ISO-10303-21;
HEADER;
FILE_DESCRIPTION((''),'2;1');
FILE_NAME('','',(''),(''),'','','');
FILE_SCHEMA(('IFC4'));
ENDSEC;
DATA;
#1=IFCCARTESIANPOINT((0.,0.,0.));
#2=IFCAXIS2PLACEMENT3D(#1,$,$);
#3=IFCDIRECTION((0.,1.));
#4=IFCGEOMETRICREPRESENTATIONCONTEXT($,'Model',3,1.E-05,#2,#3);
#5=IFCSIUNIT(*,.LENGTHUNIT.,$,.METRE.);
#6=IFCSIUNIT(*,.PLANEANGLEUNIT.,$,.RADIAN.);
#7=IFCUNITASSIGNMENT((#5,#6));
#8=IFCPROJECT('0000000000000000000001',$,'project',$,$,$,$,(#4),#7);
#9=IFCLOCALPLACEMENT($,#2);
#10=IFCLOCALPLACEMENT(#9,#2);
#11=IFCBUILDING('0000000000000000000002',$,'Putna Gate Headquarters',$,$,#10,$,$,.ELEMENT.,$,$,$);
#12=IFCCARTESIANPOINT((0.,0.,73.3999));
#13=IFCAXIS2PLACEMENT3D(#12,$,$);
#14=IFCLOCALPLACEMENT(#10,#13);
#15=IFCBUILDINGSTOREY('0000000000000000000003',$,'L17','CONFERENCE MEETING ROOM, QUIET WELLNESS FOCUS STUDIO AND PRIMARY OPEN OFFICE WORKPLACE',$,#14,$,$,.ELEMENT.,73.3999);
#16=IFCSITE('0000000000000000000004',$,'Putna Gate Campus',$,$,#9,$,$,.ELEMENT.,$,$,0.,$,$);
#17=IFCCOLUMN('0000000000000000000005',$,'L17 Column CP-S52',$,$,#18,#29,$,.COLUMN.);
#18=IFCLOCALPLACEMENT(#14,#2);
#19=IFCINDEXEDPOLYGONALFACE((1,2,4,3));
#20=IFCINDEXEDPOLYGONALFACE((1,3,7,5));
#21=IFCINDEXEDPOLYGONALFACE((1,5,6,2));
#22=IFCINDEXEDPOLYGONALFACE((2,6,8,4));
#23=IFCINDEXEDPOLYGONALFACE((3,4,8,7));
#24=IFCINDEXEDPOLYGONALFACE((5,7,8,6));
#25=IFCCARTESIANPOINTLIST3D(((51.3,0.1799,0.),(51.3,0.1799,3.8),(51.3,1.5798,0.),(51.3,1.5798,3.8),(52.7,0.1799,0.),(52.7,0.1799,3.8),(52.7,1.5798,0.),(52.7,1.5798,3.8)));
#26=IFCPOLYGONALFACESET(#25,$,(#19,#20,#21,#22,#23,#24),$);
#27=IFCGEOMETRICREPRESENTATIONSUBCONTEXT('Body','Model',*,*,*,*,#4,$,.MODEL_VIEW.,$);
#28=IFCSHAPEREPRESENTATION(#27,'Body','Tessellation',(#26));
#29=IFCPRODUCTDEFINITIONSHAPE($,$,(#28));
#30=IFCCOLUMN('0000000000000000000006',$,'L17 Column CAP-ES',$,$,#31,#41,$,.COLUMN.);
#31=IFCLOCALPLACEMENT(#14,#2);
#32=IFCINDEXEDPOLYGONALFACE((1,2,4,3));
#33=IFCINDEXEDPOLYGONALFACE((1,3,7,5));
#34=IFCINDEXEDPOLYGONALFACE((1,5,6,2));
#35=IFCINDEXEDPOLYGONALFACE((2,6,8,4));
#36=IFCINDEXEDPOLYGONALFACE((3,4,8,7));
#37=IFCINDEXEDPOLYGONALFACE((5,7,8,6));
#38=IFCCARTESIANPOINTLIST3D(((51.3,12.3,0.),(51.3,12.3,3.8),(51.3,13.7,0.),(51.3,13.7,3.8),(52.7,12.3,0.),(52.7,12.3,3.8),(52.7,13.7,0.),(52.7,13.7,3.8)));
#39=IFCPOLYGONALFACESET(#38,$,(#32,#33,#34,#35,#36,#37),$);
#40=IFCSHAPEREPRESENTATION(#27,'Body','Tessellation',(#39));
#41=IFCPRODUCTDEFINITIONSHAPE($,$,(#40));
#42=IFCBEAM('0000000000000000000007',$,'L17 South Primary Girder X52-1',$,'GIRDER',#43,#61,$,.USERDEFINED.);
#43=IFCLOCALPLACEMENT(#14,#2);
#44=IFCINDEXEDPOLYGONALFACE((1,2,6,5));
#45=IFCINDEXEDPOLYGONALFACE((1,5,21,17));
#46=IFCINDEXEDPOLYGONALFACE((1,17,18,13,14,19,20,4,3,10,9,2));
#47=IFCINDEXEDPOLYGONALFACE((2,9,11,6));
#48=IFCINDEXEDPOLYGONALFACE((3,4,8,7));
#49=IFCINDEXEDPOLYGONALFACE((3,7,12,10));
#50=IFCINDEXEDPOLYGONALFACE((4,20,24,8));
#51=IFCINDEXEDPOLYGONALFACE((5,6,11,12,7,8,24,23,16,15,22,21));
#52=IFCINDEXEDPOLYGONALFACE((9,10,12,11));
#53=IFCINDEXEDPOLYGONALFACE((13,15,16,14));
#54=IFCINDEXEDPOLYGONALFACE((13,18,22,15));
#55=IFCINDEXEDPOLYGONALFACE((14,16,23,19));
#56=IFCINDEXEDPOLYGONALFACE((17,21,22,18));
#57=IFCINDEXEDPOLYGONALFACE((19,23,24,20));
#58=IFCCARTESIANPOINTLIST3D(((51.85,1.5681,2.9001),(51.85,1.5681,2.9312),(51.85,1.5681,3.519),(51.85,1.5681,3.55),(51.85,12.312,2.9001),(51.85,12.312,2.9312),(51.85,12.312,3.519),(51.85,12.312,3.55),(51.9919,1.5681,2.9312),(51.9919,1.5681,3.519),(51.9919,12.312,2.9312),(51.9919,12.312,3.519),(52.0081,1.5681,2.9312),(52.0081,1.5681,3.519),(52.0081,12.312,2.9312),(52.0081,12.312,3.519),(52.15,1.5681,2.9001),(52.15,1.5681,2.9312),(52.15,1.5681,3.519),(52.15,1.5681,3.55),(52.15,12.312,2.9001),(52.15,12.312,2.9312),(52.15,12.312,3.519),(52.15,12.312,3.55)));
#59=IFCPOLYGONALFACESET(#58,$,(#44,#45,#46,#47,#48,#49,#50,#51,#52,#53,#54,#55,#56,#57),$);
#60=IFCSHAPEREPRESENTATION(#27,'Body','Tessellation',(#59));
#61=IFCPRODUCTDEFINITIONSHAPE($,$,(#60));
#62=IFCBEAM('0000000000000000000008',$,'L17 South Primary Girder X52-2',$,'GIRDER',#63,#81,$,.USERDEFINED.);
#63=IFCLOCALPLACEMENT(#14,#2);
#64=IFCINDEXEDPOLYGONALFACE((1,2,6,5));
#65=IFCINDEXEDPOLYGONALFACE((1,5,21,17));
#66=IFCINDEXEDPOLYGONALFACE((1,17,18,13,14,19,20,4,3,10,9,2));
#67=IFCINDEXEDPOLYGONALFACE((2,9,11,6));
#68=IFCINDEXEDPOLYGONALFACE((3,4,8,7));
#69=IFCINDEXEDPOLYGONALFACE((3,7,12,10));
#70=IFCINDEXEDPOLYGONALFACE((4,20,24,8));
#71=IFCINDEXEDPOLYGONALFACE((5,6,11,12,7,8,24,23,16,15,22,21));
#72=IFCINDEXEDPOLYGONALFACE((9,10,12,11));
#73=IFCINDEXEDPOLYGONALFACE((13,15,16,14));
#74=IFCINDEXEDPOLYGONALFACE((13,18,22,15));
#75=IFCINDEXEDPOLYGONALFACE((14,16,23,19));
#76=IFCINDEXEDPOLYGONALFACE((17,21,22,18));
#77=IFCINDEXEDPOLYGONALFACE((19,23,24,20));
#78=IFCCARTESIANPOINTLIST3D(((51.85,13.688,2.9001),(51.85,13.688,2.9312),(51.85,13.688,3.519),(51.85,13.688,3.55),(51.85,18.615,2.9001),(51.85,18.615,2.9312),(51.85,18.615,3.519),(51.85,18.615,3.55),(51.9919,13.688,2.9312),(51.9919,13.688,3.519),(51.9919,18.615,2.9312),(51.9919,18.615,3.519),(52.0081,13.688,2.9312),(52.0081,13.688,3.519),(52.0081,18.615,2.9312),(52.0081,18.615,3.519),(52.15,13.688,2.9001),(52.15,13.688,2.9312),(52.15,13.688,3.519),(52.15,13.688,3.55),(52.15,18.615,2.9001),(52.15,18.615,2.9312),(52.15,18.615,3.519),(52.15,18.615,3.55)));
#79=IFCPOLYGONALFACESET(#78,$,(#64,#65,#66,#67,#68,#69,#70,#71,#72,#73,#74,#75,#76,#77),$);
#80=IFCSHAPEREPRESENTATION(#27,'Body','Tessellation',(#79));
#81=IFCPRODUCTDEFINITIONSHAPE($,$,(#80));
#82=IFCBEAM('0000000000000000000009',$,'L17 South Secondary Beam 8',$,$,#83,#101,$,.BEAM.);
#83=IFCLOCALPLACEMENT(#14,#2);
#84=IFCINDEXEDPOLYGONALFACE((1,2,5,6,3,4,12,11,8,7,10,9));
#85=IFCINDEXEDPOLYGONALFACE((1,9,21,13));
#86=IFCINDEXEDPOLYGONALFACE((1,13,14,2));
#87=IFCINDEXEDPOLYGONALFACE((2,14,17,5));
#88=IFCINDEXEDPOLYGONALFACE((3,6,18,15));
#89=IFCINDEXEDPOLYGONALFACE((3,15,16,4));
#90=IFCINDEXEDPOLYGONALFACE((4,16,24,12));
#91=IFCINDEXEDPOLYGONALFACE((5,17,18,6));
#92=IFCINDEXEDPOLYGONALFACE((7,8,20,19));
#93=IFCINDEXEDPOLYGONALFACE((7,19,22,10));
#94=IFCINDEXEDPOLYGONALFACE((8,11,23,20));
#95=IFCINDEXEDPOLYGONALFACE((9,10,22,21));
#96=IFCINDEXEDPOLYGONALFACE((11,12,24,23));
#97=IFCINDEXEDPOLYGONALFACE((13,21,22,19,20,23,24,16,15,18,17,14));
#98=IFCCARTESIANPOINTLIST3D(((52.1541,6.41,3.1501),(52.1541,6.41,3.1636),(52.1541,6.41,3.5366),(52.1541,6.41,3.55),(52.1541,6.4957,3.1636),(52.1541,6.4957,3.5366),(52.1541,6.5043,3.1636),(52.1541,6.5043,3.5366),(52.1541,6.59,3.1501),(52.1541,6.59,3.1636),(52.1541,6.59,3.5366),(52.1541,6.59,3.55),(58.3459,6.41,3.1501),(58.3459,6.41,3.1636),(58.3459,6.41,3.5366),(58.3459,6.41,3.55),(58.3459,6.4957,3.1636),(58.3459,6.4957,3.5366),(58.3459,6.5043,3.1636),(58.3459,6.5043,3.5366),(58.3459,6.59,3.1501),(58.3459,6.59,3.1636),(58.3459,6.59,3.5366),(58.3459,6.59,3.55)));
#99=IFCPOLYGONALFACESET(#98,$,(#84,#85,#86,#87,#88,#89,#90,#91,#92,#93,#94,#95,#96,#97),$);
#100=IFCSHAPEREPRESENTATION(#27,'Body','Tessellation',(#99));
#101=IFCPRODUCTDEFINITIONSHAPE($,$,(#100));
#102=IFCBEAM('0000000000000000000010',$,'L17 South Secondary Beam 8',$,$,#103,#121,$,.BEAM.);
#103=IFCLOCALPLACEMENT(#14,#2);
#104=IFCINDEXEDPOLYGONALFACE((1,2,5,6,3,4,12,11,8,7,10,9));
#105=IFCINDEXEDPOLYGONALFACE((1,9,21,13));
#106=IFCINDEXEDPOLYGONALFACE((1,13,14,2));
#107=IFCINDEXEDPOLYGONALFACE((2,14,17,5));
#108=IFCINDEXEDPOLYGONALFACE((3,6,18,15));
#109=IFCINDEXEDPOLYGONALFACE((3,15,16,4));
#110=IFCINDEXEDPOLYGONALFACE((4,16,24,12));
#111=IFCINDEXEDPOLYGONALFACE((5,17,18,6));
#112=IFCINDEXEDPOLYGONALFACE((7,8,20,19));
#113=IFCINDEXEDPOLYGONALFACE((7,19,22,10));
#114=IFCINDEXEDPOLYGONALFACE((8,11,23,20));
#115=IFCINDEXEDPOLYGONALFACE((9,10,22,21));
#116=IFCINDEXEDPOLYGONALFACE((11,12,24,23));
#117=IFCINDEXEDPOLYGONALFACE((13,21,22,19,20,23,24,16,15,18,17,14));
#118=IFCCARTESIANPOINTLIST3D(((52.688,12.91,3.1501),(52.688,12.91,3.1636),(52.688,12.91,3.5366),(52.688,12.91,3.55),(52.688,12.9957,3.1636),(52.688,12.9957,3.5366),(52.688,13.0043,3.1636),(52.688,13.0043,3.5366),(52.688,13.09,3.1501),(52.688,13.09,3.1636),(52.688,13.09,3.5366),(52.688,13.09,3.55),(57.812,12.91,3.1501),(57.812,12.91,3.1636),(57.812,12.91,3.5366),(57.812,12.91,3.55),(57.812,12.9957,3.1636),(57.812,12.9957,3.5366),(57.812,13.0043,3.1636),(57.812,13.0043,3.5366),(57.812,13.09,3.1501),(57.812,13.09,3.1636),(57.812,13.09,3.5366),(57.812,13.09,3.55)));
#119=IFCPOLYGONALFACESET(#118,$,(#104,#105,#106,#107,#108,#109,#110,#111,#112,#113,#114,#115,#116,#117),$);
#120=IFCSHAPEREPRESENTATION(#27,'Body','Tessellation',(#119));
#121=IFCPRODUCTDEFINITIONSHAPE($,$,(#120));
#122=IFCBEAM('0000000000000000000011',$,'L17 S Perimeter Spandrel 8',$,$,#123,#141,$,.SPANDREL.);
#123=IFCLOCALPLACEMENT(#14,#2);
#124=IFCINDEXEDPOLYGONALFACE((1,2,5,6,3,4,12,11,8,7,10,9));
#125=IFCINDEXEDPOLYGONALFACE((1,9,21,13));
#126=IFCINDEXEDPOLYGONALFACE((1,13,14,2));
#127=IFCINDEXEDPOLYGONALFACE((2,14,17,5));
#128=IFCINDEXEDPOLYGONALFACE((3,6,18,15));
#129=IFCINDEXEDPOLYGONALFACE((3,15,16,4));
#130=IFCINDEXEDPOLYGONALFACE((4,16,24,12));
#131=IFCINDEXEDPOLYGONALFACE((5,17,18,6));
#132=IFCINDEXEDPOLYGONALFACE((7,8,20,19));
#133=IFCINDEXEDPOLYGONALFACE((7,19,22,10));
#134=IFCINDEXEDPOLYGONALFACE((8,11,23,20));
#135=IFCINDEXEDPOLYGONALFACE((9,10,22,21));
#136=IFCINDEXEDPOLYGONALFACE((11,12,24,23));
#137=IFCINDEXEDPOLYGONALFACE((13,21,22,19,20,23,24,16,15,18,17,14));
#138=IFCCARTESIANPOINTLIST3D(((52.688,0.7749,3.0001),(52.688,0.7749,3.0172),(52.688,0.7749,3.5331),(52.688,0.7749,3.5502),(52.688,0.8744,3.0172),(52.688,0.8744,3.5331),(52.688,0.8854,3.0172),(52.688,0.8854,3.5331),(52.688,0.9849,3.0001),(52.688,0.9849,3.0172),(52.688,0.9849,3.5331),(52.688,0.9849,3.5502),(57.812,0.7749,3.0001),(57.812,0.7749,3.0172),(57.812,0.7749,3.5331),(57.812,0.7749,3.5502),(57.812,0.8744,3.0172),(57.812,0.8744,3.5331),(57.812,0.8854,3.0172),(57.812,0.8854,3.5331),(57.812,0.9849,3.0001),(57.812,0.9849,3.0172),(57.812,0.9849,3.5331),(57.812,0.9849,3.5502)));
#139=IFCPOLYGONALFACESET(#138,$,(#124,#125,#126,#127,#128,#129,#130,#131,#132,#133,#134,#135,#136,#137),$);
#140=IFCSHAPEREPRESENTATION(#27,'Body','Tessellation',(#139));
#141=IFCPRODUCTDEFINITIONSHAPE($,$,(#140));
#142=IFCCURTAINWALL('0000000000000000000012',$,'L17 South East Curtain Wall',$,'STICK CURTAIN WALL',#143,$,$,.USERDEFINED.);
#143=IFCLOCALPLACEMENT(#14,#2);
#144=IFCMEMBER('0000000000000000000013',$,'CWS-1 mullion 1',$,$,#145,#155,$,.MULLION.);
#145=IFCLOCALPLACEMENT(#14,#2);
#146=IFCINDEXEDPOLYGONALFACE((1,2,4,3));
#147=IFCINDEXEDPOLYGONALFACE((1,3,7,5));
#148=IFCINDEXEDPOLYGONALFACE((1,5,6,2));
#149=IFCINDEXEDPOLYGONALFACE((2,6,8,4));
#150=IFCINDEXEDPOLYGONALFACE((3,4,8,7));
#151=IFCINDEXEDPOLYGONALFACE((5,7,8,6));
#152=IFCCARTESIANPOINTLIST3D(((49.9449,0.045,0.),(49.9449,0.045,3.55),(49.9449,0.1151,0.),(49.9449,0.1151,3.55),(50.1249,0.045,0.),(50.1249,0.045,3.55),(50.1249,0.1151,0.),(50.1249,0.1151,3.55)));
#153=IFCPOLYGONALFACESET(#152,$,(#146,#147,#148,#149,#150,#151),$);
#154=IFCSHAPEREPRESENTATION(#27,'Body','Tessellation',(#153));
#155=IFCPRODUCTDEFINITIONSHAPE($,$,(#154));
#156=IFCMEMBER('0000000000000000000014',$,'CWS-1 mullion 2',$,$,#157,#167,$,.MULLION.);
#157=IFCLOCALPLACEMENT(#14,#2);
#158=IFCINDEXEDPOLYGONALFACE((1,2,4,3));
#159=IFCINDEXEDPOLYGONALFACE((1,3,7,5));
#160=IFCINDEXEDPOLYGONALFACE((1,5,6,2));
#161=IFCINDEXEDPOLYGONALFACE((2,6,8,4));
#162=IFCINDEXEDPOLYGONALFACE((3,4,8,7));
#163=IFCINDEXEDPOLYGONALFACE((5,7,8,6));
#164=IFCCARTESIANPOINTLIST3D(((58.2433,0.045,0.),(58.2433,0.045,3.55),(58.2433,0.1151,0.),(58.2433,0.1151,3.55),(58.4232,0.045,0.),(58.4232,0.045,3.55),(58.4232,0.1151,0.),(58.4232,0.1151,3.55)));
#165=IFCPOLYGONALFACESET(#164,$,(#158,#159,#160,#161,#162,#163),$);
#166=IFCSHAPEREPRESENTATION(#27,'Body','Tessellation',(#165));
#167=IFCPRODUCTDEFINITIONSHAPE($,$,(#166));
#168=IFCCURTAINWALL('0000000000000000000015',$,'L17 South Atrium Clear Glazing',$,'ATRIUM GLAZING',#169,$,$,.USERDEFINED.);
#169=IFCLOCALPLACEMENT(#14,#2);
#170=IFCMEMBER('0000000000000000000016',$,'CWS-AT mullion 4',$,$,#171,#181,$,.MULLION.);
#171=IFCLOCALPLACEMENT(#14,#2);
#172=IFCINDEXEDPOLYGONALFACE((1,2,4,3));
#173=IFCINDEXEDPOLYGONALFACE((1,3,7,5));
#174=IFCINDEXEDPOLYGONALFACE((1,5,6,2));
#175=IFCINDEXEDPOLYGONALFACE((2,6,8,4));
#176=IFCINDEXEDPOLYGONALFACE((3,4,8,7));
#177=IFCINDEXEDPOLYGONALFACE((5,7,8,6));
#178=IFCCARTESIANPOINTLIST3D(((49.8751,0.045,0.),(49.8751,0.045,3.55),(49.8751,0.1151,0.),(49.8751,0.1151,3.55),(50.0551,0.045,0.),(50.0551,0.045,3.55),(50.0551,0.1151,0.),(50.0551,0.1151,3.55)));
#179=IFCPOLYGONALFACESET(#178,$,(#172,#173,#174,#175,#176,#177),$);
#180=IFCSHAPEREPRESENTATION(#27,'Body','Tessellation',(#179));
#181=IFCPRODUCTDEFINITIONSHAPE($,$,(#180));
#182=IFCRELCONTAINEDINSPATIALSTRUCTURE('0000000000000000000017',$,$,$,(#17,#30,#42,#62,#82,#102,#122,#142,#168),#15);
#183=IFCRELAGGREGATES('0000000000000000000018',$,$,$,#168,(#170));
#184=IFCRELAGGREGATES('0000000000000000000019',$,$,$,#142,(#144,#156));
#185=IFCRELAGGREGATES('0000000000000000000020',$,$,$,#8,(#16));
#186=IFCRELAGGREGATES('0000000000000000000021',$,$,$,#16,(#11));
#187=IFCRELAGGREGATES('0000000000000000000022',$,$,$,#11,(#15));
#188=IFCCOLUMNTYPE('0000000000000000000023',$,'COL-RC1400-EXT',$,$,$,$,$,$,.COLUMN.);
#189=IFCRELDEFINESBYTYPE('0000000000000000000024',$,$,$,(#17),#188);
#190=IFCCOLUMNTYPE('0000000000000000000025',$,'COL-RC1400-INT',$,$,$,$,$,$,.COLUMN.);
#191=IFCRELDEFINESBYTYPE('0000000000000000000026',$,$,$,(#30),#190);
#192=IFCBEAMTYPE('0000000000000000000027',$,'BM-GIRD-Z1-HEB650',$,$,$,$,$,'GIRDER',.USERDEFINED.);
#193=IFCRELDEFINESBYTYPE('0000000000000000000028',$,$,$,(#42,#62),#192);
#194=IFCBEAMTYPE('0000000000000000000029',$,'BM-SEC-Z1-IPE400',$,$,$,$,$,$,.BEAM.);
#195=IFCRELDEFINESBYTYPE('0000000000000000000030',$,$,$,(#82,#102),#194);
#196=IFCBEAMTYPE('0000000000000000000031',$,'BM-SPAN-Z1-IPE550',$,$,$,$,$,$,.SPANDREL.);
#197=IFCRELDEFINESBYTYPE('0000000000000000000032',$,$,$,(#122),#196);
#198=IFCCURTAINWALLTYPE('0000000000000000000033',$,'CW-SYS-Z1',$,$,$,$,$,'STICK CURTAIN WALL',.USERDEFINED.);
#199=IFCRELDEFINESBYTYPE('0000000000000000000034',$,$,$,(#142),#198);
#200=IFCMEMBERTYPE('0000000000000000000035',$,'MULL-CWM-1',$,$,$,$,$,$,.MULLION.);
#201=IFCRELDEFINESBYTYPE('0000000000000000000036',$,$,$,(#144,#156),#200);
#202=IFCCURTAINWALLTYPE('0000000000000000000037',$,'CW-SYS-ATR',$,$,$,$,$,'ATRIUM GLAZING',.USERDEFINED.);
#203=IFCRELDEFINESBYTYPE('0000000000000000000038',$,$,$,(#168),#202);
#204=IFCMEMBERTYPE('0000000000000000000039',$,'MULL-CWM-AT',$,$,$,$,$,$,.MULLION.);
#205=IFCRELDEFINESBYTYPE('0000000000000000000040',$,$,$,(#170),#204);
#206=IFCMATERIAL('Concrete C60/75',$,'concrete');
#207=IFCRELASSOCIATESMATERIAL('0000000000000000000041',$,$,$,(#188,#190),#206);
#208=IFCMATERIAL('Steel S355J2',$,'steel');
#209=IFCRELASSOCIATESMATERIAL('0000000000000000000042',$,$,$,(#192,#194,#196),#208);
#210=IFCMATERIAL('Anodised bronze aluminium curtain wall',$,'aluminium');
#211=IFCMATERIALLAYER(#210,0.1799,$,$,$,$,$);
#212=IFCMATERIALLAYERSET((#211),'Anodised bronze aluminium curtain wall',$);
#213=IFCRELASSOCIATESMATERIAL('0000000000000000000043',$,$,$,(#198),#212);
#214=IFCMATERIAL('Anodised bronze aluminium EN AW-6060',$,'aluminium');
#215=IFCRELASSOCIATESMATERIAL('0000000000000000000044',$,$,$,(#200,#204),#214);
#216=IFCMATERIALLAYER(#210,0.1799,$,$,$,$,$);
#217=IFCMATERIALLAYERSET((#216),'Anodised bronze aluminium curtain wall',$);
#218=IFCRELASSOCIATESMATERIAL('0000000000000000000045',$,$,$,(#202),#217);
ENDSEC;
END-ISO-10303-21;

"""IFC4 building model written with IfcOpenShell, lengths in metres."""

from ifc_helpers import new_model, si_unit, direction, frame, origin, origin_2d, place, context, subcontext, project, spatial, rectangle, i_section, extrude, material, layer, layer_set, material_profile, profile_set, type_object, element, aggregate, save


model = new_model("IFC4")

# Units and contexts
model_context = context("Model", 3, precision=1e-05, world=origin(), true_north=direction((0.0, 1.0)))
body_context = subcontext(model_context, "Body", "Model", "MODEL_VIEW")
ifc_project = project(units=[si_unit("LENGTHUNIT", "METRE"), si_unit("PLANEANGLEUNIT", "RADIAN")], contexts=[model_context])

# Site, building, storey
site_placement = place(None, origin())
site = spatial("IfcSite", under=ifc_project, at=site_placement, Name="Putna Gate Campus", CompositionType="ELEMENT", RefElevation=0.0)
building_placement = place(site_placement, origin())
building = spatial("IfcBuilding", under=site, at=building_placement, Name="Putna Gate Headquarters", CompositionType="ELEMENT")
storey_placement = place(building_placement, frame((0.0, 0.0, 73.3999)))
storey = spatial("IfcBuildingStorey", under=building, at=storey_placement, Name="L17", Description="CONFERENCE MEETING ROOM, QUIET WELLNESS FOCUS STUDIO AND PRIMARY OPEN OFFICE WORKPLACE", CompositionType="ELEMENT", Elevation=73.3999)

# Columns
ifc_material_1 = material(Name="Concrete C60/75", Category="concrete")
ifc_material_profile_1 = material_profile(ifc_material_1, rectangle(XDim=1.3999, YDim=1.3999, at=origin_2d()), Name="Concrete C60/75")
ifc_profile_set_1 = profile_set([ifc_material_profile_1], Name="Concrete C60/75")
column_type_1 = type_object("IfcColumnType", Name="COL-RC1400-EXT", PredefinedType="COLUMN", material=ifc_profile_set_1)
column_1_placement = place(storey_placement, frame((52.0, 0.8799, 0.0), z_axis=(0.0, 0.0, 1.0), x_axis=(1.0, 0.0, 0.0)))
element("IfcColumn", 1, at=column_1_placement, inside=storey, type_object=column_type_1, Name="L17 Column CP-S52", PredefinedType="COLUMN", context=body_context, shape_type="SweptSolid", body=[
    extrude(rectangle(XDim=1.3999, YDim=1.3999, at=origin_2d()), origin(), (0.0, 0.0, 1.0), 3.8),
])
ifc_material_profile_2 = material_profile(ifc_material_1, rectangle(XDim=1.3999, YDim=1.3999, at=origin_2d()), Name="Concrete C60/75")
ifc_profile_set_2 = profile_set([ifc_material_profile_2], Name="Concrete C60/75")
column_type_2 = type_object("IfcColumnType", Name="COL-RC1400-INT", PredefinedType="COLUMN", material=ifc_profile_set_2)
column_2_placement = place(storey_placement, frame((52.0, 13.0, 0.0), z_axis=(0.0, 0.0, 1.0), x_axis=(1.0, 0.0, 0.0)))
element("IfcColumn", 2, at=column_2_placement, inside=storey, type_object=column_type_2, Name="L17 Column CAP-ES", PredefinedType="COLUMN", context=body_context, shape_type="SweptSolid", body=[
    extrude(rectangle(XDim=1.3999, YDim=1.3999, at=origin_2d()), origin(), (0.0, 0.0, 1.0), 3.8),
])

# Beams
ifc_material_2 = material(Name="Steel S355J2", Category="steel")
ifc_material_profile_3 = material_profile(ifc_material_2, i_section(OverallWidth=0.3, OverallDepth=0.6499, WebThickness=0.0161, FlangeThickness=0.031, at=origin_2d()), Name="Steel S355J2")
ifc_profile_set_3 = profile_set([ifc_material_profile_3], Name="Steel S355J2")
beam_type_1 = type_object("IfcBeamType", Name="BM-GIRD-Z1-HEB650", ElementType="GIRDER", PredefinedType="USERDEFINED", material=ifc_profile_set_3)
beam_1_placement = place(storey_placement, frame((52.0, 1.5681, 3.2251), z_axis=(0.0, 1.0, 0.0), x_axis=(-1.0, 0.0, 0.0)))
element("IfcBeam", 3, at=beam_1_placement, inside=storey, type_object=beam_type_1, Name="L17 South Primary Girder X52-1", ObjectType="GIRDER", PredefinedType="USERDEFINED", context=body_context, shape_type="SweptSolid", body=[
    extrude(i_section(OverallWidth=0.3, OverallDepth=0.6499, WebThickness=0.0161, FlangeThickness=0.031, at=origin_2d()), origin(), (0.0, 0.0, 1.0), 10.7439),
])
beam_2_placement = place(storey_placement, frame((52.0, 13.688, 3.2251), z_axis=(0.0, 1.0, 0.0), x_axis=(-1.0, 0.0, 0.0)))
element("IfcBeam", 4, at=beam_2_placement, inside=storey, type_object=beam_type_1, Name="L17 South Primary Girder X52-2", ObjectType="GIRDER", PredefinedType="USERDEFINED", context=body_context, shape_type="SweptSolid", body=[
    extrude(i_section(OverallWidth=0.3, OverallDepth=0.6499, WebThickness=0.0161, FlangeThickness=0.031, at=origin_2d()), origin(), (0.0, 0.0, 1.0), 4.927),
])
ifc_material_profile_4 = material_profile(ifc_material_2, i_section(OverallWidth=0.1799, OverallDepth=0.3999, WebThickness=0.0085, FlangeThickness=0.0134, at=origin_2d()), Name="Steel S355J2")
ifc_profile_set_4 = profile_set([ifc_material_profile_4], Name="Steel S355J2")
beam_type_2 = type_object("IfcBeamType", Name="BM-SEC-Z1-IPE400", PredefinedType="BEAM", material=ifc_profile_set_4)
beam_3_placement = place(storey_placement, frame((52.1541, 6.5, 3.3501), z_axis=(1.0, 0.0, 0.0), x_axis=(0.0, 1.0, 0.0)))
element("IfcBeam", 5, at=beam_3_placement, inside=storey, type_object=beam_type_2, Name="L17 South Secondary Beam 8", PredefinedType="BEAM", context=body_context, shape_type="SweptSolid", body=[
    extrude(i_section(OverallWidth=0.1799, OverallDepth=0.3999, WebThickness=0.0085, FlangeThickness=0.0134, at=origin_2d()), origin(), (0.0, 0.0, 1.0), 6.1919),
])
beam_4_placement = place(storey_placement, frame((52.688, 13.0, 3.3501), z_axis=(1.0, 0.0, 0.0), x_axis=(0.0, 1.0, 0.0)))
element("IfcBeam", 6, at=beam_4_placement, inside=storey, type_object=beam_type_2, Name="L17 South Secondary Beam 8", PredefinedType="BEAM", context=body_context, shape_type="SweptSolid", body=[
    extrude(i_section(OverallWidth=0.1799, OverallDepth=0.3999, WebThickness=0.0085, FlangeThickness=0.0134, at=origin_2d()), origin(), (0.0, 0.0, 1.0), 5.124),
])
ifc_material_profile_5 = material_profile(ifc_material_2, i_section(OverallWidth=0.21, OverallDepth=0.55, WebThickness=0.011, FlangeThickness=0.0171, at=origin_2d()), Name="Steel S355J2")
ifc_profile_set_5 = profile_set([ifc_material_profile_5], Name="Steel S355J2")
beam_type_3 = type_object("IfcBeamType", Name="BM-SPAN-Z1-IPE550", PredefinedType="SPANDREL", material=ifc_profile_set_5)
beam_5_placement = place(storey_placement, frame((52.688, 0.8799, 3.2751), z_axis=(1.0, 0.0, 0.0), x_axis=(0.0, 1.0, 0.0)))
element("IfcBeam", 7, at=beam_5_placement, inside=storey, type_object=beam_type_3, Name="L17 S Perimeter Spandrel 8", PredefinedType="SPANDREL", context=body_context, shape_type="SweptSolid", body=[
    extrude(i_section(OverallWidth=0.21, OverallDepth=0.55, WebThickness=0.011, FlangeThickness=0.0171, at=origin_2d()), origin(), (0.0, 0.0, 1.0), 5.124),
])

# Curtain wall, members
ifc_material_3 = material(Name="Anodised bronze aluminium curtain wall", Category="aluminium")
ifc_layer_1 = layer(ifc_material_3, 0.1799)
ifc_layer_set_1 = layer_set([ifc_layer_1], Name="Anodised bronze aluminium curtain wall")
curtain_wall_type_1 = type_object("IfcCurtainWallType", Name="CW-SYS-Z1", ElementType="STICK CURTAIN WALL", PredefinedType="USERDEFINED", material=ifc_layer_set_1)
curtain_wall_1_placement = place(storey_placement, origin())
curtain_wall_1 = element("IfcCurtainWall", 8, at=curtain_wall_1_placement, inside=storey, type_object=curtain_wall_type_1, Name="L17 South East Curtain Wall", ObjectType="STICK CURTAIN WALL", PredefinedType="USERDEFINED")
ifc_material_4 = material(Name="Anodised bronze aluminium EN AW-6060", Category="aluminium")
ifc_material_profile_6 = material_profile(ifc_material_4, rectangle(XDim=0.0701, YDim=0.1799, at=origin_2d()), Name="Anodised bronze aluminium EN AW-6060")
ifc_profile_set_6 = profile_set([ifc_material_profile_6], Name="Anodised bronze aluminium EN AW-6060")
member_type_1 = type_object("IfcMemberType", Name="MULL-CWM-1", PredefinedType="MULLION", material=ifc_profile_set_6)
member_1_placement = place(storey_placement, frame((50.0349, 0.0801, 0.0), z_axis=(0.0, 0.0, 1.0), x_axis=(0.0, 1.0, 0.0)))
member_1 = element("IfcMember", 9, at=member_1_placement, type_object=member_type_1, Name="CWS-1 mullion 1", PredefinedType="MULLION", context=body_context, shape_type="SweptSolid", body=[
    extrude(rectangle(XDim=0.0701, YDim=0.1799, at=origin_2d()), origin(), (0.0, 0.0, 1.0), 3.55),
])
member_2_placement = place(storey_placement, frame((58.3333, 0.0801, 0.0), z_axis=(0.0, 0.0, 1.0), x_axis=(0.0, 1.0, 0.0)))
member_2 = element("IfcMember", 10, at=member_2_placement, type_object=member_type_1, Name="CWS-1 mullion 2", PredefinedType="MULLION", context=body_context, shape_type="SweptSolid", body=[
    extrude(rectangle(XDim=0.0701, YDim=0.1799, at=origin_2d()), origin(), (0.0, 0.0, 1.0), 3.55),
])

# Curtain wall, member
ifc_layer_2 = layer(ifc_material_3, 0.1799)
ifc_layer_set_2 = layer_set([ifc_layer_2], Name="Anodised bronze aluminium curtain wall")
curtain_wall_type_2 = type_object("IfcCurtainWallType", Name="CW-SYS-ATR", ElementType="ATRIUM GLAZING", PredefinedType="USERDEFINED", material=ifc_layer_set_2)
curtain_wall_2_placement = place(storey_placement, origin())
curtain_wall_2 = element("IfcCurtainWall", 11, at=curtain_wall_2_placement, inside=storey, type_object=curtain_wall_type_2, Name="L17 South Atrium Clear Glazing", ObjectType="ATRIUM GLAZING", PredefinedType="USERDEFINED")
ifc_material_profile_7 = material_profile(ifc_material_4, rectangle(XDim=0.0701, YDim=0.1799, at=origin_2d()), Name="Anodised bronze aluminium EN AW-6060")
ifc_profile_set_7 = profile_set([ifc_material_profile_7], Name="Anodised bronze aluminium EN AW-6060")
member_type_2 = type_object("IfcMemberType", Name="MULL-CWM-AT", PredefinedType="MULLION", material=ifc_profile_set_7)
member_3_placement = place(storey_placement, frame((49.9651, 0.0801, 0.0), z_axis=(0.0, 0.0, 1.0), x_axis=(0.0, 1.0, 0.0)))
member_3 = element("IfcMember", 12, at=member_3_placement, type_object=member_type_2, Name="CWS-AT mullion 4", PredefinedType="MULLION", context=body_context, shape_type="SweptSolid", body=[
    extrude(rectangle(XDim=0.0701, YDim=0.1799, at=origin_2d()), origin(), (0.0, 0.0, 1.0), 3.55),
])
aggregate(curtain_wall_2, [member_3])

aggregate(curtain_wall_1, [member_1, member_2])

save(model, "model.ifc")
